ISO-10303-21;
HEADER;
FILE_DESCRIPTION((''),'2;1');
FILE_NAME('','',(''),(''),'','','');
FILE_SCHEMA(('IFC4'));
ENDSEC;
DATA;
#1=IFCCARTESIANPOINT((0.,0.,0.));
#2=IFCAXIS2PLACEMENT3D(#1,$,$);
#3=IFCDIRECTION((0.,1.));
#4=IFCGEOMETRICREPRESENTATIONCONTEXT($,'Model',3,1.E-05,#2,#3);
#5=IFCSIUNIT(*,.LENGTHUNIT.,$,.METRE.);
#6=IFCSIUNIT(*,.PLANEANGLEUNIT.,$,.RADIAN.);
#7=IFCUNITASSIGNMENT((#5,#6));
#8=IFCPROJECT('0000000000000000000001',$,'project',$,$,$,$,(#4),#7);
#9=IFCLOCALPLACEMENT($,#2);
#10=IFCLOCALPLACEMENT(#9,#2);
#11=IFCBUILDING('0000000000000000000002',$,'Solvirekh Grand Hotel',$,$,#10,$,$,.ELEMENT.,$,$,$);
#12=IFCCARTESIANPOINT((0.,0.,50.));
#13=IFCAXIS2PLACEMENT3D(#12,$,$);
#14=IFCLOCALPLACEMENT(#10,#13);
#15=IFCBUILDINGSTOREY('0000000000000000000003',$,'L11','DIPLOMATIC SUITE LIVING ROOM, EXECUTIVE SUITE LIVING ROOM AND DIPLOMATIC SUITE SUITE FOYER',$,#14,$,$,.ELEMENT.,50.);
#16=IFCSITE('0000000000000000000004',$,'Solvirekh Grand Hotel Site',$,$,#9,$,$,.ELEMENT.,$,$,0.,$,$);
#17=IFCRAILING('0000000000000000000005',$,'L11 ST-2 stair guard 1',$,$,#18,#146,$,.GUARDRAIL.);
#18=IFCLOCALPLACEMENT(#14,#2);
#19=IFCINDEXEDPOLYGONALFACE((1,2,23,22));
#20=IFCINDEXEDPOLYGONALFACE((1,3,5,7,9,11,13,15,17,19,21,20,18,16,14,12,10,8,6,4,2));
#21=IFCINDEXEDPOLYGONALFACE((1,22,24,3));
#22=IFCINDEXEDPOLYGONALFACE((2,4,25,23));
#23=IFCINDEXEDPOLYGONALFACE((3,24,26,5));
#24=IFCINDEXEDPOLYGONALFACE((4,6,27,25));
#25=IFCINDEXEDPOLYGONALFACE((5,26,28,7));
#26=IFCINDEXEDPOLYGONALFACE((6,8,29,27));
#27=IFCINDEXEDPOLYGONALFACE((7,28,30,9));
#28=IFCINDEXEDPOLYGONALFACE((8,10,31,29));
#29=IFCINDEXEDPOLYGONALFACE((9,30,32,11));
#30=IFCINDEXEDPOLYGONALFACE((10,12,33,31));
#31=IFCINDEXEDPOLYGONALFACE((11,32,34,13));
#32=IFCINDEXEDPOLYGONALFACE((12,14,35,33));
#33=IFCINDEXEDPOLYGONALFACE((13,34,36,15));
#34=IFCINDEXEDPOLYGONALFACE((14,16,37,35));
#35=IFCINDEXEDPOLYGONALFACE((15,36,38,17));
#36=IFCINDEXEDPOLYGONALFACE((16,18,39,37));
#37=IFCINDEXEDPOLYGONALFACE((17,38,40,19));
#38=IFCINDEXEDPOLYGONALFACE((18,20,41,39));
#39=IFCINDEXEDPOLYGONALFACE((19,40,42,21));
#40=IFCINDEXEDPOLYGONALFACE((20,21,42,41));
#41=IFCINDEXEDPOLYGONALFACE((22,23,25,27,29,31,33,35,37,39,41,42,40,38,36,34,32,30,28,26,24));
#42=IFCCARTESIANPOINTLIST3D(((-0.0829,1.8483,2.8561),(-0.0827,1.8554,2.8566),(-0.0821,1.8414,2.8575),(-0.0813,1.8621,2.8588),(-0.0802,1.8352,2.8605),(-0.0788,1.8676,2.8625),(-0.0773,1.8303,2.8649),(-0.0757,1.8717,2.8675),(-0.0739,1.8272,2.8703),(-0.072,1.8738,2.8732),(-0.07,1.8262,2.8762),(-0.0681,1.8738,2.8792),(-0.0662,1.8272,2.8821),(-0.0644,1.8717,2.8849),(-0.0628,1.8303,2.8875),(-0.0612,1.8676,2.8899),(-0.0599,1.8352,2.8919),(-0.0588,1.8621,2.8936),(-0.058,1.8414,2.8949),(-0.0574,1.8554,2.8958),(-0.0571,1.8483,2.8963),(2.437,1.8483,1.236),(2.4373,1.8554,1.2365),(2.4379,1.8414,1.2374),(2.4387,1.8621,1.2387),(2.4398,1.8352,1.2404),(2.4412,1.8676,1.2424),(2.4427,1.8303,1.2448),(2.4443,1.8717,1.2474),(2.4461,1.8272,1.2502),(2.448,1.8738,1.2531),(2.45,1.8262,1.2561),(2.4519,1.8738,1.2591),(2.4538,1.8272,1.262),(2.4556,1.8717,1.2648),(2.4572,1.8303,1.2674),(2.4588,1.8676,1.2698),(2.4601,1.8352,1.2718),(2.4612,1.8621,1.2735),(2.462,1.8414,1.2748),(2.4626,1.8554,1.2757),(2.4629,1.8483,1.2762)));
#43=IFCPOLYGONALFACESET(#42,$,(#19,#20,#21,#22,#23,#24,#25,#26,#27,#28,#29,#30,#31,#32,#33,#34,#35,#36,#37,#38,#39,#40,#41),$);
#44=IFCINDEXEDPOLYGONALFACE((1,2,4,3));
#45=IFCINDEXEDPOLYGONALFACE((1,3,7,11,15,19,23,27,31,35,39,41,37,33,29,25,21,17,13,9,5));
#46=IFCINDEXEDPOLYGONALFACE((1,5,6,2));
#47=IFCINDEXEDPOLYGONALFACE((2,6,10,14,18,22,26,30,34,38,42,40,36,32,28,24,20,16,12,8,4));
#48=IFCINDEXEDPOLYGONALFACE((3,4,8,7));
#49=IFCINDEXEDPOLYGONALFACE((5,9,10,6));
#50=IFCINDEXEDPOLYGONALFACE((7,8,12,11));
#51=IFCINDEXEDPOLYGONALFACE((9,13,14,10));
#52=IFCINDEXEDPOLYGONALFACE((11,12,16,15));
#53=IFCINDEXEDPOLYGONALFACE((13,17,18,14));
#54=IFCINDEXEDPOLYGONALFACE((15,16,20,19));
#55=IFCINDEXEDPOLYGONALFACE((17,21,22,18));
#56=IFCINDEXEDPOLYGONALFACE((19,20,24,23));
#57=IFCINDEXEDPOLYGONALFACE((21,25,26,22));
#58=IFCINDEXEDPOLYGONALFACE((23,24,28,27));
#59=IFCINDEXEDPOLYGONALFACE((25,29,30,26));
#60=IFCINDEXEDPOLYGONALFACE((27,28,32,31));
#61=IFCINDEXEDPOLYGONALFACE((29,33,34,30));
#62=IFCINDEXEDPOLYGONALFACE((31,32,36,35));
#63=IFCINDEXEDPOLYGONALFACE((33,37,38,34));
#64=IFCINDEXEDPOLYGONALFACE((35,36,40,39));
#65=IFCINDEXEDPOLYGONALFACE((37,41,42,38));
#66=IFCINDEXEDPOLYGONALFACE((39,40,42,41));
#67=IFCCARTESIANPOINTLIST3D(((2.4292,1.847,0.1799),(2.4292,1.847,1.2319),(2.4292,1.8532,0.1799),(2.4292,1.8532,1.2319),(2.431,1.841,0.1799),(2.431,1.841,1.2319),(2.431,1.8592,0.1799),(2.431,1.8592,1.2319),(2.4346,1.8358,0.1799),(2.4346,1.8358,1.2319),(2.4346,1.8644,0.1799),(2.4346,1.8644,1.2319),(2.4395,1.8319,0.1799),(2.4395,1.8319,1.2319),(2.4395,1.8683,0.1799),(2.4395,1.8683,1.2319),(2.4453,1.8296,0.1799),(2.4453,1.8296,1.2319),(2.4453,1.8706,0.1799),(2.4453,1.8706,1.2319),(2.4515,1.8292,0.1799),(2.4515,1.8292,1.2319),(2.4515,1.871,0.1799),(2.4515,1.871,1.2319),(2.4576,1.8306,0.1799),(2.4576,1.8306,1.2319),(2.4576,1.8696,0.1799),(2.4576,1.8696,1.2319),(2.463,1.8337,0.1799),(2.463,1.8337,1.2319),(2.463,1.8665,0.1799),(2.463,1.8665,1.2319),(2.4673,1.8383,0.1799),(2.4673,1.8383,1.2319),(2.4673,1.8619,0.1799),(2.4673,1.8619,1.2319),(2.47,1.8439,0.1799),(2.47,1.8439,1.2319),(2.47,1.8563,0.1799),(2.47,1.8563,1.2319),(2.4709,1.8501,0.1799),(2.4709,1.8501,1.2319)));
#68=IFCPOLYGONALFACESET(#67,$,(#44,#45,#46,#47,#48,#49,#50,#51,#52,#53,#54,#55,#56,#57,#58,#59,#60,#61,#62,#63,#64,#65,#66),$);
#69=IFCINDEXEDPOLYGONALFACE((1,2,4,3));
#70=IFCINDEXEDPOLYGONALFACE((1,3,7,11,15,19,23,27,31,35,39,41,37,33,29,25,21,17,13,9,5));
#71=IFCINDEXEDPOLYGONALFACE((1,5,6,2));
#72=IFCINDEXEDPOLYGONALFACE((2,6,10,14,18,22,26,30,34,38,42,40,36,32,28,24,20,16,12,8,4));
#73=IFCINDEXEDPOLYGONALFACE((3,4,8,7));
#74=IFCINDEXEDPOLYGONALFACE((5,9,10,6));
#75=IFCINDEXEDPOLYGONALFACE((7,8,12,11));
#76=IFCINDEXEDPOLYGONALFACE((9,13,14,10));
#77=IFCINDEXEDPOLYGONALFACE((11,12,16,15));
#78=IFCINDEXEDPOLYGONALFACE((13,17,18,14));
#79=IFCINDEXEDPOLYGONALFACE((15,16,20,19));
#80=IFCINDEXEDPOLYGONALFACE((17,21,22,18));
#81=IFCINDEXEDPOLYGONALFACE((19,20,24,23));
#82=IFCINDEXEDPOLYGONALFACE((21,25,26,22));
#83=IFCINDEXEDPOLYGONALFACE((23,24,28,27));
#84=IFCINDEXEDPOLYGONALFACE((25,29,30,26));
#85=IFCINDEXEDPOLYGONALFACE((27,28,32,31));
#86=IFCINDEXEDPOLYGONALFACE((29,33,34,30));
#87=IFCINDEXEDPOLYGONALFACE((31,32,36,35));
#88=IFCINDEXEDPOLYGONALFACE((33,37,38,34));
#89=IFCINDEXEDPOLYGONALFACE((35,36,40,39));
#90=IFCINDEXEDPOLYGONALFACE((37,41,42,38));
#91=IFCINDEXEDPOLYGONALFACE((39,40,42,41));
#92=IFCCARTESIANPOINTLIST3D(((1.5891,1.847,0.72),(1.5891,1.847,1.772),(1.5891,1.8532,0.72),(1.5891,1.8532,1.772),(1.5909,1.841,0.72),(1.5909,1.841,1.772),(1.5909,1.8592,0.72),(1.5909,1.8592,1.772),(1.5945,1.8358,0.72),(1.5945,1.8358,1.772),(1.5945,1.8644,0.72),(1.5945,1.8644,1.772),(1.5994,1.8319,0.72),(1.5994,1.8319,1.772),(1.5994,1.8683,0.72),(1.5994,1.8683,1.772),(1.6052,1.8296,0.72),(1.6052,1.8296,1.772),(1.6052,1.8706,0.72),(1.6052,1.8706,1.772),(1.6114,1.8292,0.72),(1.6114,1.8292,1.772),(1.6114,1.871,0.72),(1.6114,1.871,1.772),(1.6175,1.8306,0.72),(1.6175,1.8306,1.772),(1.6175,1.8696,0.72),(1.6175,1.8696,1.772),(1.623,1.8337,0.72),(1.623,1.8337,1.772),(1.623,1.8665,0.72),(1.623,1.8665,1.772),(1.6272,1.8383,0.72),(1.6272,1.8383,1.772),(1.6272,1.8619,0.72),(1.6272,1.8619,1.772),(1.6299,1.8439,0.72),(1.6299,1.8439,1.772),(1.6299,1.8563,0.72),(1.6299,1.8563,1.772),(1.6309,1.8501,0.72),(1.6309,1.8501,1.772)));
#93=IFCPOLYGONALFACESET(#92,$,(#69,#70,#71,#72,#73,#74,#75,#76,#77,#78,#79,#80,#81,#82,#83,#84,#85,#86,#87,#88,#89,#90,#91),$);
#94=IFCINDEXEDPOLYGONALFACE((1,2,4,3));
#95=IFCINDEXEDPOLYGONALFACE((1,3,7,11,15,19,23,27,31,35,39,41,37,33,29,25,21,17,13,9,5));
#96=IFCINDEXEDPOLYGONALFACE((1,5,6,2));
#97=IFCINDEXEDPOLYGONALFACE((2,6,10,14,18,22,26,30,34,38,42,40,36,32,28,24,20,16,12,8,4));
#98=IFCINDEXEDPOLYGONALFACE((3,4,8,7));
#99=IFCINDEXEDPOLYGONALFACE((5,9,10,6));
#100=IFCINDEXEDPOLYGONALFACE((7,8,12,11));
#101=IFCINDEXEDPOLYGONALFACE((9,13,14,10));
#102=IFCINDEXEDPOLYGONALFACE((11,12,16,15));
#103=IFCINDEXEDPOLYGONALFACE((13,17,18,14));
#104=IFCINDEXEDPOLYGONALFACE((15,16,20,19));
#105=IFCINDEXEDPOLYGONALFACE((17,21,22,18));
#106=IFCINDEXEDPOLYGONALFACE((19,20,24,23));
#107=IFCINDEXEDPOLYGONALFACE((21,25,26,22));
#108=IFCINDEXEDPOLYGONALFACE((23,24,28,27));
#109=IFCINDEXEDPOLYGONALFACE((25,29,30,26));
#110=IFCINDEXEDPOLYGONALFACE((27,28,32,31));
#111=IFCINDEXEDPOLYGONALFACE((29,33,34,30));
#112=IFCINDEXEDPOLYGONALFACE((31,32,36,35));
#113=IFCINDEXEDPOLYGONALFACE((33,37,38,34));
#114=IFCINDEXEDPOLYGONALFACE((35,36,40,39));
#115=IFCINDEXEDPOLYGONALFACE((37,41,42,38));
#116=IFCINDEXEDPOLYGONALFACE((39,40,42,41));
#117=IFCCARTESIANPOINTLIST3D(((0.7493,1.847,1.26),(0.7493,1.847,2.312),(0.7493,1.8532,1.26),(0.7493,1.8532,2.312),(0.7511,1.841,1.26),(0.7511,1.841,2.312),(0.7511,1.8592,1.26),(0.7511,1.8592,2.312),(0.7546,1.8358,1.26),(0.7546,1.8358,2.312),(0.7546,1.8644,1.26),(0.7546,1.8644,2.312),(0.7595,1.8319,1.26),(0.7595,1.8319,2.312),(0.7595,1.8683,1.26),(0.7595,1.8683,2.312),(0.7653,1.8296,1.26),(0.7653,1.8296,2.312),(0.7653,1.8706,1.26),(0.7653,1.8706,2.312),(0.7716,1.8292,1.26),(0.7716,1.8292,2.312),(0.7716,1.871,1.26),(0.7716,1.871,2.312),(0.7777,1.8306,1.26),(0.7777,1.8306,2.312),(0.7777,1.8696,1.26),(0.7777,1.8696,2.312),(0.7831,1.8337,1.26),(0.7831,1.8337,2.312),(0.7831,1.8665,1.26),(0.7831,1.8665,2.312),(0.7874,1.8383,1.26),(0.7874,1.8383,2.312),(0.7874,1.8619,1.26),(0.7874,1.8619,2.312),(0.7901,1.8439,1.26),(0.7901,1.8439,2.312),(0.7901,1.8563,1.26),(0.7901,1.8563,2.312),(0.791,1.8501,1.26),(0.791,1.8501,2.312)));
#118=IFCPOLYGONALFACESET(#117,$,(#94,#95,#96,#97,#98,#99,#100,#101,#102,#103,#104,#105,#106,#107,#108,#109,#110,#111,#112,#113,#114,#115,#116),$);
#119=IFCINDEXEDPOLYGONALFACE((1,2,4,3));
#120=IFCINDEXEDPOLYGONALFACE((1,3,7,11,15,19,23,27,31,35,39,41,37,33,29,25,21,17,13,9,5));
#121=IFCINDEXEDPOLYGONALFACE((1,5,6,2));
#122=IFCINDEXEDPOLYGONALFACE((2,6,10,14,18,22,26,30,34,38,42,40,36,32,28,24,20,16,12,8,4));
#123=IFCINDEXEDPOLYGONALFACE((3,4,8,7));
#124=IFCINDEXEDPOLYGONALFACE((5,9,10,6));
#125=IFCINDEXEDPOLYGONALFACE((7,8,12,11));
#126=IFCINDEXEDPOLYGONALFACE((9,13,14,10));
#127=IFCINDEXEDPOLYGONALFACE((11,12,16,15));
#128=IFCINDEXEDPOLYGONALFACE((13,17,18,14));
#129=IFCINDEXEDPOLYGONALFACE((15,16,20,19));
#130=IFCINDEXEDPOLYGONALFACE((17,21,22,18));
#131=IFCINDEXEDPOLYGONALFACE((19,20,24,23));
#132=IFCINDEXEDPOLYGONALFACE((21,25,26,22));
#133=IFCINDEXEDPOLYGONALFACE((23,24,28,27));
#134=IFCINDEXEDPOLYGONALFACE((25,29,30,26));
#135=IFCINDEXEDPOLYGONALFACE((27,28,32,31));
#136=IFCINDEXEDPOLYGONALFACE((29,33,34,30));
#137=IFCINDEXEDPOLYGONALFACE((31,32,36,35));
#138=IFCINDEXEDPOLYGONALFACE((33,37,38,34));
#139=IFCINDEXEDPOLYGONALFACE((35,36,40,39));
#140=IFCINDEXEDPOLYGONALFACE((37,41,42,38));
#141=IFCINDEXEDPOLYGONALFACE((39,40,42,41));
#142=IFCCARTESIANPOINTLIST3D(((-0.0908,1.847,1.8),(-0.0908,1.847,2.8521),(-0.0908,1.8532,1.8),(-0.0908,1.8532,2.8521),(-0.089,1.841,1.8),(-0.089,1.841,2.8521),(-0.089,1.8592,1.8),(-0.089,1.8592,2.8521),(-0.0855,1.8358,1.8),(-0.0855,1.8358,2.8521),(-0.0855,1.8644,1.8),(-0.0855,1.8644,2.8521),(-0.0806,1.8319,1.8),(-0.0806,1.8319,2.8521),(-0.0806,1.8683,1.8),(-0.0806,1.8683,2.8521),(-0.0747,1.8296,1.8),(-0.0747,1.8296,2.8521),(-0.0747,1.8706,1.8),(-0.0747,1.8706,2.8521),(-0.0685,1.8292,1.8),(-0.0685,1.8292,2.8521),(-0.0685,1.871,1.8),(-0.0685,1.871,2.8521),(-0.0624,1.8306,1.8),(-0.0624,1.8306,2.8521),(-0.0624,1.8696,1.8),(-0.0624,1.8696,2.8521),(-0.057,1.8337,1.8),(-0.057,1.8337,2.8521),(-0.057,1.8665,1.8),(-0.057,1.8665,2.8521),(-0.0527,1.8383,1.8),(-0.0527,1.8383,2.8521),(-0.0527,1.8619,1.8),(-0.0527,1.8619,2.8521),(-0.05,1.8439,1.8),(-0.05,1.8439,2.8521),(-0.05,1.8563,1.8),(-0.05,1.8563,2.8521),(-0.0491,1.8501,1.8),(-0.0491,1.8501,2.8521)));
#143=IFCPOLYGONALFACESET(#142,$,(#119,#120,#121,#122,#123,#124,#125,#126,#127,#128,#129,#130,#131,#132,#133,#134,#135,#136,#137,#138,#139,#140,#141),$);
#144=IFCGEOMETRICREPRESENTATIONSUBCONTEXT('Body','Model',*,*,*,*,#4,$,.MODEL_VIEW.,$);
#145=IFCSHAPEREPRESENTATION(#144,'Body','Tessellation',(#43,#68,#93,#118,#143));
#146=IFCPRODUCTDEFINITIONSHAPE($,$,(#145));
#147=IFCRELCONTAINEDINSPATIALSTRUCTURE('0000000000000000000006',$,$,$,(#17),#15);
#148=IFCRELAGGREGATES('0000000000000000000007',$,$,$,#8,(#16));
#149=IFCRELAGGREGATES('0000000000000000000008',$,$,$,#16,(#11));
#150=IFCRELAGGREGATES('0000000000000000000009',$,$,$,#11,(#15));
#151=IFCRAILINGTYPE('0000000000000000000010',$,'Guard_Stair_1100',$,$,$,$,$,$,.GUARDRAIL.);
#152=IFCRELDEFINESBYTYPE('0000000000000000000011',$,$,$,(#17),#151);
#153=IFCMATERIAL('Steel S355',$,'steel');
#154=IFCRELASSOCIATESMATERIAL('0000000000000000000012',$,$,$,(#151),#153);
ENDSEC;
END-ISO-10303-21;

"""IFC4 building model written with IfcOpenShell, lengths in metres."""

from ifc_helpers import new_model, si_unit, direction, frame, origin, origin_2d, place, context, subcontext, project, spatial, circle, extrude, material, type_object, element, save


model = new_model("IFC4")

# Units and contexts
model_context = context("Model", 3, precision=1e-05, world=origin(), true_north=direction((0.0, 1.0)))
body_context = subcontext(model_context, "Body", "Model", "MODEL_VIEW")
ifc_project = project(units=[si_unit("LENGTHUNIT", "METRE"), si_unit("PLANEANGLEUNIT", "RADIAN")], contexts=[model_context])

# Site, building, storey
site_placement = place(None, origin())
site = spatial("IfcSite", under=ifc_project, at=site_placement, Name="Solvirekh Grand Hotel Site", CompositionType="ELEMENT", RefElevation=0.0)
building_placement = place(site_placement, origin())
building = spatial("IfcBuilding", under=site, at=building_placement, Name="Solvirekh Grand Hotel", CompositionType="ELEMENT")
storey_placement = place(building_placement, frame((0.0, 0.0, 50.0)))
storey = spatial("IfcBuildingStorey", under=building, at=storey_placement, Name="L11", Description="DIPLOMATIC SUITE LIVING ROOM, EXECUTIVE SUITE LIVING ROOM AND DIPLOMATIC SUITE SUITE FOYER", CompositionType="ELEMENT", Elevation=50.0)

# Shared definitions
ifc_material_1 = material(Name="Steel S355", Category="steel")

# Railing
railing_type_1 = type_object("IfcRailingType", Name="Guard_Stair_1100", PredefinedType="GUARDRAIL", material=ifc_material_1)
railing_1_placement = place(storey_placement, frame((2.45, 1.8501, 0.1799)))
element("IfcRailing", 1, at=railing_1_placement, inside=storey, type_object=railing_type_1, Name="L11 ST-2 stair guard 1", PredefinedType="GUARDRAIL", context=body_context, shape_type="SweptSolid", body=[
    extrude(circle(Radius=0.0239, at=origin_2d()), frame((0.0, 0.0, 1.0762), z_axis=(-0.841163, 0.0, 0.540782), x_axis=(0.0, -1.0, 0.0)), (0.0, 0.0, 1.0), 2.9958),
    extrude(circle(Radius=0.021, at=origin_2d()), origin(), (0.0, 0.0, 1.0), 1.052),
    extrude(circle(Radius=0.021, at=origin_2d()), frame((-0.8401, 0.0, 0.54)), (0.0, 0.0, 1.0), 1.052),
    extrude(circle(Radius=0.021, at=origin_2d()), frame((-1.6799, 0.0, 1.0801)), (0.0, 0.0, 1.0), 1.052),
    extrude(circle(Radius=0.021, at=origin_2d()), frame((-2.52, 0.0, 1.6201)), (0.0, 0.0, 1.0), 1.052),
])

save(model, "model.ifc")
